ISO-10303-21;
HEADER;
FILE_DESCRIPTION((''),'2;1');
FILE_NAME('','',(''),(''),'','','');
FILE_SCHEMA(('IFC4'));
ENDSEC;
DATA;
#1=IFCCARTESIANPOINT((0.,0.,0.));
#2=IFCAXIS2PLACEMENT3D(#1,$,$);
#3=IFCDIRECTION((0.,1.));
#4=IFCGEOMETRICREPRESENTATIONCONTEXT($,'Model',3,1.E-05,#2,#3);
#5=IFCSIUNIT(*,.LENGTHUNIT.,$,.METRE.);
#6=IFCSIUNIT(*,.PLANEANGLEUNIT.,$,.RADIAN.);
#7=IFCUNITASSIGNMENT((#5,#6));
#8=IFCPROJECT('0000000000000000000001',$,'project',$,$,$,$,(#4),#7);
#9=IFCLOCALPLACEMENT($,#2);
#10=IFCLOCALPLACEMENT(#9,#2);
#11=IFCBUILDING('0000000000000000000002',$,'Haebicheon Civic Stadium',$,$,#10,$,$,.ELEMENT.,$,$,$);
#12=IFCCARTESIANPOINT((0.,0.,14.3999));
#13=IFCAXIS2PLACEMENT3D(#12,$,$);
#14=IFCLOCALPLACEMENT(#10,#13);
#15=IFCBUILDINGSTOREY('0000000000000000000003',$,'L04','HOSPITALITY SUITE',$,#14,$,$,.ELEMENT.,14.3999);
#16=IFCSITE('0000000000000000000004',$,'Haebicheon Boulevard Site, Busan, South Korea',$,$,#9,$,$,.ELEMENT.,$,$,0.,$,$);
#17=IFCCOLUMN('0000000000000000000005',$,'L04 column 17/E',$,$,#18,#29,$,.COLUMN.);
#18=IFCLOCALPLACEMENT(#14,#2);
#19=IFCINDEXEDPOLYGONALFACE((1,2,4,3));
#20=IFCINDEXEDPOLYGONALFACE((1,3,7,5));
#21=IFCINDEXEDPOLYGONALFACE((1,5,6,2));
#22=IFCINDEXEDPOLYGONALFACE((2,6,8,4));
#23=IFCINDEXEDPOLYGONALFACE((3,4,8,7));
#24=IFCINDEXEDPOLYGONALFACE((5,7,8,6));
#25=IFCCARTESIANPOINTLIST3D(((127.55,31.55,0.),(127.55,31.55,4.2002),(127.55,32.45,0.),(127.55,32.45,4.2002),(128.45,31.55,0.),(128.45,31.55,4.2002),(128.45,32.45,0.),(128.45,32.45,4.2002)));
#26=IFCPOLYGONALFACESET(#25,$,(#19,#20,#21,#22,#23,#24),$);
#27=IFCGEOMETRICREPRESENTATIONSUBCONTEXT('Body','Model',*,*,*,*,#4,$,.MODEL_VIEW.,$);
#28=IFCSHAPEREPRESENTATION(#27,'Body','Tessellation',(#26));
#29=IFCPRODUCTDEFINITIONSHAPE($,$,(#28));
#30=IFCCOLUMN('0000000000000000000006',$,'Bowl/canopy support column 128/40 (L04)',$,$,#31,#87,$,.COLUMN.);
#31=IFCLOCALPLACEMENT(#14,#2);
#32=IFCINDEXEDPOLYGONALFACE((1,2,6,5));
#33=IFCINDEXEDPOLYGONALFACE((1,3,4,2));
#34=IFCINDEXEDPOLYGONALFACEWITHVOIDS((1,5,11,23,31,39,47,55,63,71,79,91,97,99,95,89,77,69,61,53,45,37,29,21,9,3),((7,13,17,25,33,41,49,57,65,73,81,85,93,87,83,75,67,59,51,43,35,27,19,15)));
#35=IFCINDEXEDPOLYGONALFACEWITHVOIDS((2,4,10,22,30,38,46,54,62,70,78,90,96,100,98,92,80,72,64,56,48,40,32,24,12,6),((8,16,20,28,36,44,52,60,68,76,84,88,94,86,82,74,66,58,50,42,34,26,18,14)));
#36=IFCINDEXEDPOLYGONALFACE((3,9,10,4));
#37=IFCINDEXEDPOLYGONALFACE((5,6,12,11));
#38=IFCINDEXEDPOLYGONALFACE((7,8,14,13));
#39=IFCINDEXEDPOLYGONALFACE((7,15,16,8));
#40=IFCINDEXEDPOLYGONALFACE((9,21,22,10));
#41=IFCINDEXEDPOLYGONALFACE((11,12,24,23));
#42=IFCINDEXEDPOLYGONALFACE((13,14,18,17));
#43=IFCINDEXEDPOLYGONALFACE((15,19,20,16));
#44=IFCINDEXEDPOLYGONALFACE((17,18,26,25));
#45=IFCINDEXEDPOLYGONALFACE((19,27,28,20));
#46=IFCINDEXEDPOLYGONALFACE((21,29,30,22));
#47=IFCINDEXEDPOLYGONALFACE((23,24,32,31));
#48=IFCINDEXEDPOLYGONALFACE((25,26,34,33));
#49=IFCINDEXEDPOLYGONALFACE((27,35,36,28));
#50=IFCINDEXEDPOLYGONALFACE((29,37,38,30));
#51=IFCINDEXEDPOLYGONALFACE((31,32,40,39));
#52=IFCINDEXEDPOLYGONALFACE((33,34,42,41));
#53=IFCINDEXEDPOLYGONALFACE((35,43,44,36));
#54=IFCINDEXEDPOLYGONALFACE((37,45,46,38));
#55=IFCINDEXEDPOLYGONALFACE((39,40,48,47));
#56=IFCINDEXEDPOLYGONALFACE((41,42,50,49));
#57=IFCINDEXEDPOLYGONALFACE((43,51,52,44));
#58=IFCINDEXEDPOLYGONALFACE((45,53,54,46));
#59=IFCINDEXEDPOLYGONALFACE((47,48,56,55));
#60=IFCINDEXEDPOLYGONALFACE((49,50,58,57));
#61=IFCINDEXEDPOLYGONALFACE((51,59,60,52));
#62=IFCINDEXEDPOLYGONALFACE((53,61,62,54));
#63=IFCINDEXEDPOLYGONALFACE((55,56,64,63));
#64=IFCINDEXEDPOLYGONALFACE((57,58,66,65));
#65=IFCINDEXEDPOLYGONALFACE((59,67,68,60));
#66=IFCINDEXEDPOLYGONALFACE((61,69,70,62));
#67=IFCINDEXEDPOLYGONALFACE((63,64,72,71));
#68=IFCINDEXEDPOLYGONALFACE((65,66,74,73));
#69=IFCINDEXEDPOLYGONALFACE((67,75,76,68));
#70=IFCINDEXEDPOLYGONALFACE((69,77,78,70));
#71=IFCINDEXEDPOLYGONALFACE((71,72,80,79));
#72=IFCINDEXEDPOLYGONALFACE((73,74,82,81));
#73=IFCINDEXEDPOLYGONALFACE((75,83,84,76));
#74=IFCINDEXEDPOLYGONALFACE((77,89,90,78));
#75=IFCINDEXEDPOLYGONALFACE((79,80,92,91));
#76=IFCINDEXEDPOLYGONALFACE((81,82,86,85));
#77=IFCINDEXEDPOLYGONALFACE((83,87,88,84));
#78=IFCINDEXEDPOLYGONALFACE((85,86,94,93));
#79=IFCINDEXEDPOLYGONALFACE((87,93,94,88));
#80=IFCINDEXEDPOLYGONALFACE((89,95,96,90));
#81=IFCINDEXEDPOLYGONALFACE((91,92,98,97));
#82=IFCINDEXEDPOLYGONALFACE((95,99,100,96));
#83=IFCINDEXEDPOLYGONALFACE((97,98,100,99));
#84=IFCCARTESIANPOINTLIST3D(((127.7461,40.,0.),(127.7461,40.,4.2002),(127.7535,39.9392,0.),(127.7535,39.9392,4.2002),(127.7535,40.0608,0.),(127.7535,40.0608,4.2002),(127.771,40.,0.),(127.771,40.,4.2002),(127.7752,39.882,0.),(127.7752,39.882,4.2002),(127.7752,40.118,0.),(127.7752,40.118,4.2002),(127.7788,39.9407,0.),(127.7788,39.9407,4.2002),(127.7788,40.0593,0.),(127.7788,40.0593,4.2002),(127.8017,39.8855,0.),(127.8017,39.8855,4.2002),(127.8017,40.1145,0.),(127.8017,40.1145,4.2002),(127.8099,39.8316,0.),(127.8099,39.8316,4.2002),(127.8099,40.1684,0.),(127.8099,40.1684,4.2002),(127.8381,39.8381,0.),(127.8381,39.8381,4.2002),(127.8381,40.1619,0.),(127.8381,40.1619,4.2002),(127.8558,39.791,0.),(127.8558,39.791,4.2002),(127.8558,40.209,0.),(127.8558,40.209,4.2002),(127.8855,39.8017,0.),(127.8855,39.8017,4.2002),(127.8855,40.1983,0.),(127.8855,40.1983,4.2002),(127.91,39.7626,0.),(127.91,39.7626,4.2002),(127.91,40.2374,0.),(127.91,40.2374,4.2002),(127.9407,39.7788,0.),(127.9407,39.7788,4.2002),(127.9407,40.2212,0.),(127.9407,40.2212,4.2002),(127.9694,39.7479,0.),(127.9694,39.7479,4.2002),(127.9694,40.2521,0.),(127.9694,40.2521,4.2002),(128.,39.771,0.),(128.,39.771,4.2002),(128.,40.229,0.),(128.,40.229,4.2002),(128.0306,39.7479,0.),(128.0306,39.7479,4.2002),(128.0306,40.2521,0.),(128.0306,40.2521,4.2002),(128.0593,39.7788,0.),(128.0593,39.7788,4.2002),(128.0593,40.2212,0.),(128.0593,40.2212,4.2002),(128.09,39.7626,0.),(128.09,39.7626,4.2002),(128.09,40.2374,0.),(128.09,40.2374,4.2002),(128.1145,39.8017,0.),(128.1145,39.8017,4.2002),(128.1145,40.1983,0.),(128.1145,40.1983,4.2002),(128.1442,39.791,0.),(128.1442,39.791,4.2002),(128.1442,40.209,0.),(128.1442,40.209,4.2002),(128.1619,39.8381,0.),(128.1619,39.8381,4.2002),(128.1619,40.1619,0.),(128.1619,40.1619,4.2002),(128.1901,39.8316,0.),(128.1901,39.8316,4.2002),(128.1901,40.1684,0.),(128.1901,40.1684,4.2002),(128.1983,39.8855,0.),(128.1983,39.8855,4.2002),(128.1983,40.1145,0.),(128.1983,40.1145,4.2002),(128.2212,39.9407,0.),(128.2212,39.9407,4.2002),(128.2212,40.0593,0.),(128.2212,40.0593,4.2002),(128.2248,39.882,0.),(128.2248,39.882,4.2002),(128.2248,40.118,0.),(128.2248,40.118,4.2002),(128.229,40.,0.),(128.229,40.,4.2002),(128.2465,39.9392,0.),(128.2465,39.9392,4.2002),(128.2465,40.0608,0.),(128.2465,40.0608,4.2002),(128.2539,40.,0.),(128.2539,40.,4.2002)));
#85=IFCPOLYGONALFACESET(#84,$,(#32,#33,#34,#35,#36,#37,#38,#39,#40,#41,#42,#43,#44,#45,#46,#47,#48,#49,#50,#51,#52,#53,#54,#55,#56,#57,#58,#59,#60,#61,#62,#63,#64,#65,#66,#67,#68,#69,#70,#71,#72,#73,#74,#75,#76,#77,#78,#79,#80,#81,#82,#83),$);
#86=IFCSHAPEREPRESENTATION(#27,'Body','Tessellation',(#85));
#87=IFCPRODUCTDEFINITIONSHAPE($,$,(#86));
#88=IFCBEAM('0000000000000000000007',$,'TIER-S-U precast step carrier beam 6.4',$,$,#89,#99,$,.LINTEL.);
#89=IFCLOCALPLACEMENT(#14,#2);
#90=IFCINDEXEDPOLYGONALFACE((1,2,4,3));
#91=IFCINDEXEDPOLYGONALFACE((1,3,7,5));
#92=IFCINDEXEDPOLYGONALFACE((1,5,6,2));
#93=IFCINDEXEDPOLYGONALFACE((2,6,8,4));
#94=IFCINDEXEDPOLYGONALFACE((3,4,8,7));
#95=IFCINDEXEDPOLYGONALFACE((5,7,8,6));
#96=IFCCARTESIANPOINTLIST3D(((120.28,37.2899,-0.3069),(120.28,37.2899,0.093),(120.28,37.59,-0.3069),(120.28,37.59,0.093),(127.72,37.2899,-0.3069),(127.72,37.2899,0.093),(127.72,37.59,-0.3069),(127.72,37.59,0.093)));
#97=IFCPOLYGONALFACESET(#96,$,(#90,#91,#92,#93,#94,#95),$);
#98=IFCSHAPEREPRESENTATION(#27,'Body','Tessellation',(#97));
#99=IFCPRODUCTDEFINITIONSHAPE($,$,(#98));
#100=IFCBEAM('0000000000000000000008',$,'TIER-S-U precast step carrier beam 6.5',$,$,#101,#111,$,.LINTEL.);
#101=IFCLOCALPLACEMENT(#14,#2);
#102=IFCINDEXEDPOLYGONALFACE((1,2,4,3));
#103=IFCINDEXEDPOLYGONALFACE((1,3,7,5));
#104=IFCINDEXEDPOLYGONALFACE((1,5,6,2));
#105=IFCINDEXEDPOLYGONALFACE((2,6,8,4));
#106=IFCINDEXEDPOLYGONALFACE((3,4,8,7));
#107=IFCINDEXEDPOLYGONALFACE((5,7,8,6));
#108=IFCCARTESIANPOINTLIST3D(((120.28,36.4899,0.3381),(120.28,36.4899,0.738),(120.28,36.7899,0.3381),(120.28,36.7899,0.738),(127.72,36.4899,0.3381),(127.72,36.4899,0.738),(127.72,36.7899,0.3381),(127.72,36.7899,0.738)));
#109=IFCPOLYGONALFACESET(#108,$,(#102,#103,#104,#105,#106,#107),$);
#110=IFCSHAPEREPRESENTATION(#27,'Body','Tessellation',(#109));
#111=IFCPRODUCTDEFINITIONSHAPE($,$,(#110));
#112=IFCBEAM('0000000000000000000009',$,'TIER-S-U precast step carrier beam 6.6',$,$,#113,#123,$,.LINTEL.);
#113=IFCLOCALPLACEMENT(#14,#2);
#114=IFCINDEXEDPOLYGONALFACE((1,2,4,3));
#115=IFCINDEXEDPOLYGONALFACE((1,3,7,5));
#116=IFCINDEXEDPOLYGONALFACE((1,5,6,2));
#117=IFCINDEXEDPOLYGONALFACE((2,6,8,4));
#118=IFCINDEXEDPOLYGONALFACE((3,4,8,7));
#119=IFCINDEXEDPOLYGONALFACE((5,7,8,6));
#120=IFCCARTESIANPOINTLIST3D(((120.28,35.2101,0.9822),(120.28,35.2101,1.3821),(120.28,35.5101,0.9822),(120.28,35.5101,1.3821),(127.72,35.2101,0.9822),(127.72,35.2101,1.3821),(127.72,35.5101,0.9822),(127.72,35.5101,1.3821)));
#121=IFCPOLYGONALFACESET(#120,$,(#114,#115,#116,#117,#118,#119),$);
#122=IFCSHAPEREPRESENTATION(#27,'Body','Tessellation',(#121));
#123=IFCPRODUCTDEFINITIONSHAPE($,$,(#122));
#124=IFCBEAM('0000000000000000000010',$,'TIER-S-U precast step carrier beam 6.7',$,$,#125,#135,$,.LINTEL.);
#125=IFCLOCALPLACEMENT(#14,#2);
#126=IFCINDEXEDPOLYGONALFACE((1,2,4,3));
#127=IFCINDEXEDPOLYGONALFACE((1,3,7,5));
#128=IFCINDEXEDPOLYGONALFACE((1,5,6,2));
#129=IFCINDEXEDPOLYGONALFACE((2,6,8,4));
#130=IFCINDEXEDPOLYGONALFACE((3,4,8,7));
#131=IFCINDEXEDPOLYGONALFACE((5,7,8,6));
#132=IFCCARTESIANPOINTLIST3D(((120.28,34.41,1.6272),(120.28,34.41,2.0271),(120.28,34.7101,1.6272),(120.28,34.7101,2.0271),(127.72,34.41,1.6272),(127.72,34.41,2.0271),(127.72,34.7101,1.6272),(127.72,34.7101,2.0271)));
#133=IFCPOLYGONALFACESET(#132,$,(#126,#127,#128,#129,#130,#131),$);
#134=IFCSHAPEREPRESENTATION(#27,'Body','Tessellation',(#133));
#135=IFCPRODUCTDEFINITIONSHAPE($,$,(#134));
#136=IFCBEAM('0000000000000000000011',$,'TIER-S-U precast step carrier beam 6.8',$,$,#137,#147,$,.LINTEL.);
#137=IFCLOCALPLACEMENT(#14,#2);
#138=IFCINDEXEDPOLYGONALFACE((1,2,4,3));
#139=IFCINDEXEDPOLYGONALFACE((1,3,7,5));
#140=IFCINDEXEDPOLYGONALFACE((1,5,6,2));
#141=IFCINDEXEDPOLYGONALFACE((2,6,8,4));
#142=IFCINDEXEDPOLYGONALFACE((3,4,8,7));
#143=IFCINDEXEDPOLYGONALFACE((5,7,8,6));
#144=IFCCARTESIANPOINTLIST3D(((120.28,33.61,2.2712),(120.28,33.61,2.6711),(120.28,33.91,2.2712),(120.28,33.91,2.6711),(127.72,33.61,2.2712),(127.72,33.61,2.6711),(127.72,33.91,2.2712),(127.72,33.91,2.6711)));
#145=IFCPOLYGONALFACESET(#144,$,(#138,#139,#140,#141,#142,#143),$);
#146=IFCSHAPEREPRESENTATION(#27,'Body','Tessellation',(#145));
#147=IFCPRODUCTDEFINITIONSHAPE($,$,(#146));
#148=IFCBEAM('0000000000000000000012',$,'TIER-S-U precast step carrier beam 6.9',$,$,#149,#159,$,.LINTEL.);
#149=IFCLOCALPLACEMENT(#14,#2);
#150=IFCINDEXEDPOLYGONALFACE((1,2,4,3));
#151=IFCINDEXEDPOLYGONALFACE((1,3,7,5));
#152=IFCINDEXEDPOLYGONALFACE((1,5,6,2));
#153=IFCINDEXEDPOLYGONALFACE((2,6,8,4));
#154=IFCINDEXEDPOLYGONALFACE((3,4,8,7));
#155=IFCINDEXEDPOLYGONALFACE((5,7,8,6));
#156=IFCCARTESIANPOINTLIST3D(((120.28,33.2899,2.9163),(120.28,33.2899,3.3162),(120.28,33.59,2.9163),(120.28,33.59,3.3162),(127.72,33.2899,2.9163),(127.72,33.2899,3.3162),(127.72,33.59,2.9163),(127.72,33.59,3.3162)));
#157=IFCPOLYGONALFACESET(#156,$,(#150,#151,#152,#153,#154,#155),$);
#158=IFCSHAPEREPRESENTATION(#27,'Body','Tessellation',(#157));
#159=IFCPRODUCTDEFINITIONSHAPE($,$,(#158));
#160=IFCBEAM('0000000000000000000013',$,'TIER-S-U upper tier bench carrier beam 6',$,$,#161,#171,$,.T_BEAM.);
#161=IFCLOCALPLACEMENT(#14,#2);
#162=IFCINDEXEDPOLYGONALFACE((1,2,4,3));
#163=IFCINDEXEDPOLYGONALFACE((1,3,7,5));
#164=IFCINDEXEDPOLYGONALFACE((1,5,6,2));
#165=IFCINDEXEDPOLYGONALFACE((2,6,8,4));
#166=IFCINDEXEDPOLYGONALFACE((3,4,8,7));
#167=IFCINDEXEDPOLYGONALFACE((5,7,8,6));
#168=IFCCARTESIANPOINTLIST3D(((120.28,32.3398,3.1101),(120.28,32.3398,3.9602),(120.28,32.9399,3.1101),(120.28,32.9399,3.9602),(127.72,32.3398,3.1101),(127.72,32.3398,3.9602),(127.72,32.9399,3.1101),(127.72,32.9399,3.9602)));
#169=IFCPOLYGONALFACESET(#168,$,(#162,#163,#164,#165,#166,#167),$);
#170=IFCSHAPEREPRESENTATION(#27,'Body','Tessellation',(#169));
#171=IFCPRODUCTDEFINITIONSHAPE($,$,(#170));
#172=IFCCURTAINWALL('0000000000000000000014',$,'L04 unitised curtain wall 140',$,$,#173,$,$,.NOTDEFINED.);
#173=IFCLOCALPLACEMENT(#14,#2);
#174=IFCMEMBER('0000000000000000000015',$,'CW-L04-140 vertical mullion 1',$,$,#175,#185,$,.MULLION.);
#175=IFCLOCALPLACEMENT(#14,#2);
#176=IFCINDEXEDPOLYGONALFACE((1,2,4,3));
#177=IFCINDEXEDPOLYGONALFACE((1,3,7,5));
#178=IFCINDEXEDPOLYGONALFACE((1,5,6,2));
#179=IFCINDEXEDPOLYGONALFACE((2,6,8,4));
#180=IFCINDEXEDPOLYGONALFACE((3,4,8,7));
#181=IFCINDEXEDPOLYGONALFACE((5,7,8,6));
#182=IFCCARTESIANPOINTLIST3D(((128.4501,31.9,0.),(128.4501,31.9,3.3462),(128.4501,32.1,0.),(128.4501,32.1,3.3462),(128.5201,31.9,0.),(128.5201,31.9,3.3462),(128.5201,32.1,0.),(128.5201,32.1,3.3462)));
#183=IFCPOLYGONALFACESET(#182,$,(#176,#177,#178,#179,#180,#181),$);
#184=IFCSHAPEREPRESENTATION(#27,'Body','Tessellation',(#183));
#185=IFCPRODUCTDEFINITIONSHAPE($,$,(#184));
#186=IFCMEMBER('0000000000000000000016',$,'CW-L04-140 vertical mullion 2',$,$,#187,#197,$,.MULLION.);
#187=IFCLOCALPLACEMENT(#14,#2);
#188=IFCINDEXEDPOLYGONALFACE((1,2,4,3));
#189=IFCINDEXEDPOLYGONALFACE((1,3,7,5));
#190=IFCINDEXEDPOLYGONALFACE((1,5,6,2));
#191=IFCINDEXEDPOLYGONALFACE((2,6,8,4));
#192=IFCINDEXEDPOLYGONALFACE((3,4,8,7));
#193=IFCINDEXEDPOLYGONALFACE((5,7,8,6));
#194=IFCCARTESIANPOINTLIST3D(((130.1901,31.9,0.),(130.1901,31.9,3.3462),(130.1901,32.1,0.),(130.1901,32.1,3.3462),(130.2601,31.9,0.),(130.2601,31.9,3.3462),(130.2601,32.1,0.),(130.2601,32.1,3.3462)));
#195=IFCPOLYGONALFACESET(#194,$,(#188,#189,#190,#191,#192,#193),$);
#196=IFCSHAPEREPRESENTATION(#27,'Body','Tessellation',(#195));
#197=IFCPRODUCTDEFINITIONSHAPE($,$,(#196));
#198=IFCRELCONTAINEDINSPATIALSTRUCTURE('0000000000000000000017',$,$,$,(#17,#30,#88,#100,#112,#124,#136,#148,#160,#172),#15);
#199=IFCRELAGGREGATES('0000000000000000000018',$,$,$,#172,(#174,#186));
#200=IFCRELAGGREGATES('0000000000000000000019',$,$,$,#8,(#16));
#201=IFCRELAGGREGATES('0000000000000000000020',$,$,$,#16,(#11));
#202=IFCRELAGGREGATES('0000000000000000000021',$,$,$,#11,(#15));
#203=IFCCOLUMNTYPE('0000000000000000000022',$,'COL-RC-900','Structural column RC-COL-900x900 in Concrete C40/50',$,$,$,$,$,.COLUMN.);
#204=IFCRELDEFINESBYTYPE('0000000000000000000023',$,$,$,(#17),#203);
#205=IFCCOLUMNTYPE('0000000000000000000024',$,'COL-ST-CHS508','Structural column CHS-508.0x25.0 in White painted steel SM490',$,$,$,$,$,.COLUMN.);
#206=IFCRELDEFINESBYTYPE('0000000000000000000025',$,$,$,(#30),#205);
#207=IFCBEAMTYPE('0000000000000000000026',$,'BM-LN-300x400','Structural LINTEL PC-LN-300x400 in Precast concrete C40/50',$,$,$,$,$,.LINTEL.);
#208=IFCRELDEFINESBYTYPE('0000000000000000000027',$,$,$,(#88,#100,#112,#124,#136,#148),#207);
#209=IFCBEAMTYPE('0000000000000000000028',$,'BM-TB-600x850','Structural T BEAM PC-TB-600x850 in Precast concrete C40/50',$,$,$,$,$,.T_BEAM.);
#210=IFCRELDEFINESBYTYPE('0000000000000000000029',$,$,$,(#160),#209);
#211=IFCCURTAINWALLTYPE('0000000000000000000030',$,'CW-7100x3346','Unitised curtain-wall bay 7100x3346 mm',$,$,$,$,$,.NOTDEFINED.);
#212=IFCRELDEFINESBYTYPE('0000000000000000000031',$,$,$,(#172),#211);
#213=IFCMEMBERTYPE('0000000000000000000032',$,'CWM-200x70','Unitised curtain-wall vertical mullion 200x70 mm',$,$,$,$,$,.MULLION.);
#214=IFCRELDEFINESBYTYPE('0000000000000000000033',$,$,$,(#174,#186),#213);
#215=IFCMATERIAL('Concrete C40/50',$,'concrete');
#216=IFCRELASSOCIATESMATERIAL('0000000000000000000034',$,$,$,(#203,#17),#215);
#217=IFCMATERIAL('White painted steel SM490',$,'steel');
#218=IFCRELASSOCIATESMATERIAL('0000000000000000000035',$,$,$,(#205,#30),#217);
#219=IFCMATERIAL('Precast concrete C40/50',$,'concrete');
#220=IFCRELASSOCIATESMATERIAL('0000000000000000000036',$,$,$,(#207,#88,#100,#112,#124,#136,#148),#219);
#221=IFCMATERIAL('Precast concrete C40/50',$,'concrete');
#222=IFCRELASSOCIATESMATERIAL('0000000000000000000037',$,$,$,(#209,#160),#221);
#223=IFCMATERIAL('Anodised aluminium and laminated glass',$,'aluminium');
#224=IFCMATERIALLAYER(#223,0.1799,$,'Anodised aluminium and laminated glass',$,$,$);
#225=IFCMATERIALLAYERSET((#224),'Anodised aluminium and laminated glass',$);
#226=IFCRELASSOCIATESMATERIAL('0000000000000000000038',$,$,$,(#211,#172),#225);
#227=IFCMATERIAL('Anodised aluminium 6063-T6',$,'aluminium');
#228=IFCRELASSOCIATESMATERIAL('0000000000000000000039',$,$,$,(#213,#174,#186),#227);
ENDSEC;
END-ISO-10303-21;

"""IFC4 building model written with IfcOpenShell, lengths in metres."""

from ifc_helpers import new_model, si_unit, direction, frame, origin, origin_2d, place, context, subcontext, project, spatial, rectangle, hollow_circle, extrude, material, layer, layer_set, material_profile, profile_set, type_object, element, aggregate, save


model = new_model("IFC4")

# Units and contexts
model_context = context("Model", 3, precision=1e-05, world=origin(), true_north=direction((0.0, 1.0)))
body_context = subcontext(model_context, "Body", "Model", "MODEL_VIEW")
ifc_project = project(units=[si_unit("LENGTHUNIT", "METRE"), si_unit("PLANEANGLEUNIT", "RADIAN")], contexts=[model_context])

# Site, building, storey
site_placement = place(None, origin())
site = spatial("IfcSite", under=ifc_project, at=site_placement, Name="Haebicheon Boulevard Site, Busan, South Korea", CompositionType="ELEMENT", RefElevation=0.0)
building_placement = place(site_placement, origin())
building = spatial("IfcBuilding", under=site, at=building_placement, Name="Haebicheon Civic Stadium", CompositionType="ELEMENT")
storey_placement = place(building_placement, frame((0.0, 0.0, 14.3999)))
storey = spatial("IfcBuildingStorey", under=building, at=storey_placement, Name="L04", Description="HOSPITALITY SUITE", CompositionType="ELEMENT", Elevation=14.3999)

# Columns
ifc_material_1 = material(Name="Concrete C40/50", Category="concrete")
ifc_material_profile_1 = material_profile(ifc_material_1, rectangle(XDim=0.8999, YDim=0.8999, at=origin_2d()), Name="RC-COL-900x900")
ifc_profile_set_1 = profile_set([ifc_material_profile_1], Name="Concrete C40/50")
column_type_1 = type_object("IfcColumnType", Name="COL-RC-900", Description="Structural column RC-COL-900x900 in Concrete C40/50", PredefinedType="COLUMN", material=ifc_profile_set_1)
column_1_placement = place(storey_placement, frame((128.0, 32.0, 0.0), z_axis=(0.0, 0.0, 1.0), x_axis=(1.0, 0.0, 0.0)))
element("IfcColumn", 1, at=column_1_placement, inside=storey, type_object=column_type_1, material=ifc_profile_set_1, Name="L04 column 17/E", PredefinedType="COLUMN", context=body_context, shape_type="SweptSolid", body=[
    extrude(rectangle(XDim=0.8999, YDim=0.8999, at=origin_2d()), origin(), (0.0, 0.0, 1.0), 4.2002),
])
ifc_material_2 = material(Name="White painted steel SM490", Category="steel")
ifc_material_profile_2 = material_profile(ifc_material_2, hollow_circle(Radius=0.2539, WallThickness=0.0249, at=origin_2d()), Name="CHS-508.0x25.0")
ifc_profile_set_2 = profile_set([ifc_material_profile_2], Name="White painted steel SM490")
column_type_2 = type_object("IfcColumnType", Name="COL-ST-CHS508", Description="Structural column CHS-508.0x25.0 in White painted steel SM490", PredefinedType="COLUMN", material=ifc_profile_set_2)
column_2_placement = place(storey_placement, frame((128.0, 40.0, 0.0), z_axis=(0.0, 0.0, 1.0), x_axis=(1.0, 0.0, 0.0)))
element("IfcColumn", 2, at=column_2_placement, inside=storey, type_object=column_type_2, material=ifc_profile_set_2, Name="Bowl/canopy support column 128/40 (L04)", PredefinedType="COLUMN", context=body_context, shape_type="SweptSolid", body=[
    extrude(hollow_circle(Radius=0.2539, WallThickness=0.0249, at=origin_2d()), origin(), (0.0, 0.0, 1.0), 4.2002),
])

# Beams
ifc_material_3 = material(Name="Precast concrete C40/50", Category="concrete")
ifc_material_profile_3 = material_profile(ifc_material_3, rectangle(XDim=0.3, YDim=0.3999, at=origin_2d()), Name="PC-LN-300x400")
ifc_profile_set_3 = profile_set([ifc_material_profile_3], Name="Precast concrete C40/50")
beam_type_1 = type_object("IfcBeamType", Name="BM-LN-300x400", Description="Structural LINTEL PC-LN-300x400 in Precast concrete C40/50", PredefinedType="LINTEL", material=ifc_profile_set_3)
for number, where, z_axis, x_axis, name in (
    (3, (120.28, 37.4399, -0.1069), (1.0, 0.0, 0.0), (0.0, 1.0, 0.0), "TIER-S-U precast step carrier beam 6.4"),
    (4, (120.28, 36.6399, 0.5381), (1.0, 0.0, 0.0), (0.0, 1.0, 0.0), "TIER-S-U precast step carrier beam 6.5"),
    (5, (120.28, 35.3601, 1.1821), (1.0, 0.0, 0.0), (0.0, 1.0, 0.0), "TIER-S-U precast step carrier beam 6.6"),
    (6, (120.28, 34.5601, 1.8271), (1.0, 0.0, 0.0), (0.0, 1.0, 0.0), "TIER-S-U precast step carrier beam 6.7"),
    (7, (120.28, 33.76, 2.4712), (1.0, 0.0, 0.0), (0.0, 1.0, 0.0), "TIER-S-U precast step carrier beam 6.8"),
    (8, (120.28, 33.4399, 3.1162), (1.0, 0.0, 0.0), (0.0, 1.0, 0.0), "TIER-S-U precast step carrier beam 6.9"),
):
    element("IfcBeam", number, at=place(storey_placement, frame(where, z_axis=z_axis, x_axis=x_axis)), inside=storey, type_object=beam_type_1, material=ifc_profile_set_3, Name=name, PredefinedType="LINTEL", context=body_context, shape_type="SweptSolid", body=[
        extrude(rectangle(XDim=0.3, YDim=0.3999, at=origin_2d()), origin(), (0.0, 0.0, 1.0), 7.4399),
    ])
ifc_material_4 = material(Name="Precast concrete C40/50", Category="concrete")
ifc_material_profile_4 = material_profile(ifc_material_4, rectangle(XDim=0.6001, YDim=0.8501, at=origin_2d()), Name="PC-TB-600x850")
ifc_profile_set_4 = profile_set([ifc_material_profile_4], Name="Precast concrete C40/50")
beam_type_2 = type_object("IfcBeamType", Name="BM-TB-600x850", Description="Structural T BEAM PC-TB-600x850 in Precast concrete C40/50", PredefinedType="T_BEAM", material=ifc_profile_set_4)
beam_1_placement = place(storey_placement, frame((120.28, 32.6399, 3.5352), z_axis=(1.0, 0.0, 0.0), x_axis=(0.0, 1.0, 0.0)))
element("IfcBeam", 9, at=beam_1_placement, inside=storey, type_object=beam_type_2, material=ifc_profile_set_4, Name="TIER-S-U upper tier bench carrier beam 6", PredefinedType="T_BEAM", context=body_context, shape_type="SweptSolid", body=[
    extrude(rectangle(XDim=0.6001, YDim=0.8501, at=origin_2d()), origin(), (0.0, 0.0, 1.0), 7.4399),
])

# Curtain wall, members
ifc_material_5 = material(Name="Anodised aluminium and laminated glass", Category="aluminium")
ifc_layer_1 = layer(ifc_material_5, 0.1799, Name="Anodised aluminium and laminated glass")
ifc_layer_set_1 = layer_set([ifc_layer_1], Name="Anodised aluminium and laminated glass")
curtain_wall_type = type_object("IfcCurtainWallType", Name="CW-7100x3346", Description="Unitised curtain-wall bay 7100x3346 mm", PredefinedType="NOTDEFINED", material=ifc_layer_set_1)
curtain_wall_placement = place(storey_placement, origin())
curtain_wall = element("IfcCurtainWall", 10, at=curtain_wall_placement, inside=storey, type_object=curtain_wall_type, material=ifc_layer_set_1, Name="L04 unitised curtain wall 140", PredefinedType="NOTDEFINED")
ifc_material_6 = material(Name="Anodised aluminium 6063-T6", Category="aluminium")
ifc_material_profile_5 = material_profile(ifc_material_6, rectangle(XDim=0.0701, YDim=0.2, at=origin_2d()), Name="ALU-MULL-70x200")
ifc_profile_set_5 = profile_set([ifc_material_profile_5], Name="Anodised aluminium 6063-T6")
member_type_1 = type_object("IfcMemberType", Name="CWM-200x70", Description="Unitised curtain-wall vertical mullion 200x70 mm", PredefinedType="MULLION", material=ifc_profile_set_5)
member_1_placement = place(storey_placement, frame((128.4851, 32.0, 0.0), z_axis=(0.0, 0.0, 1.0), x_axis=(1.0, 0.0, 0.0)))
member_1 = element("IfcMember", 11, at=member_1_placement, type_object=member_type_1, material=ifc_profile_set_5, Name="CW-L04-140 vertical mullion 1", PredefinedType="MULLION", context=body_context, shape_type="SweptSolid", body=[
    extrude(rectangle(XDim=0.0701, YDim=0.2, at=origin_2d()), origin(), (0.0, 0.0, 1.0), 3.3462),
])
member_2_placement = place(storey_placement, frame((130.2251, 32.0, 0.0), z_axis=(0.0, 0.0, 1.0), x_axis=(1.0, 0.0, 0.0)))
member_2 = element("IfcMember", 12, at=member_2_placement, type_object=member_type_1, material=ifc_profile_set_5, Name="CW-L04-140 vertical mullion 2", PredefinedType="MULLION", context=body_context, shape_type="SweptSolid", body=[
    extrude(rectangle(XDim=0.0701, YDim=0.2, at=origin_2d()), origin(), (0.0, 0.0, 1.0), 3.3462),
])

aggregate(curtain_wall, [member_1, member_2])

save(model, "model.ifc")
